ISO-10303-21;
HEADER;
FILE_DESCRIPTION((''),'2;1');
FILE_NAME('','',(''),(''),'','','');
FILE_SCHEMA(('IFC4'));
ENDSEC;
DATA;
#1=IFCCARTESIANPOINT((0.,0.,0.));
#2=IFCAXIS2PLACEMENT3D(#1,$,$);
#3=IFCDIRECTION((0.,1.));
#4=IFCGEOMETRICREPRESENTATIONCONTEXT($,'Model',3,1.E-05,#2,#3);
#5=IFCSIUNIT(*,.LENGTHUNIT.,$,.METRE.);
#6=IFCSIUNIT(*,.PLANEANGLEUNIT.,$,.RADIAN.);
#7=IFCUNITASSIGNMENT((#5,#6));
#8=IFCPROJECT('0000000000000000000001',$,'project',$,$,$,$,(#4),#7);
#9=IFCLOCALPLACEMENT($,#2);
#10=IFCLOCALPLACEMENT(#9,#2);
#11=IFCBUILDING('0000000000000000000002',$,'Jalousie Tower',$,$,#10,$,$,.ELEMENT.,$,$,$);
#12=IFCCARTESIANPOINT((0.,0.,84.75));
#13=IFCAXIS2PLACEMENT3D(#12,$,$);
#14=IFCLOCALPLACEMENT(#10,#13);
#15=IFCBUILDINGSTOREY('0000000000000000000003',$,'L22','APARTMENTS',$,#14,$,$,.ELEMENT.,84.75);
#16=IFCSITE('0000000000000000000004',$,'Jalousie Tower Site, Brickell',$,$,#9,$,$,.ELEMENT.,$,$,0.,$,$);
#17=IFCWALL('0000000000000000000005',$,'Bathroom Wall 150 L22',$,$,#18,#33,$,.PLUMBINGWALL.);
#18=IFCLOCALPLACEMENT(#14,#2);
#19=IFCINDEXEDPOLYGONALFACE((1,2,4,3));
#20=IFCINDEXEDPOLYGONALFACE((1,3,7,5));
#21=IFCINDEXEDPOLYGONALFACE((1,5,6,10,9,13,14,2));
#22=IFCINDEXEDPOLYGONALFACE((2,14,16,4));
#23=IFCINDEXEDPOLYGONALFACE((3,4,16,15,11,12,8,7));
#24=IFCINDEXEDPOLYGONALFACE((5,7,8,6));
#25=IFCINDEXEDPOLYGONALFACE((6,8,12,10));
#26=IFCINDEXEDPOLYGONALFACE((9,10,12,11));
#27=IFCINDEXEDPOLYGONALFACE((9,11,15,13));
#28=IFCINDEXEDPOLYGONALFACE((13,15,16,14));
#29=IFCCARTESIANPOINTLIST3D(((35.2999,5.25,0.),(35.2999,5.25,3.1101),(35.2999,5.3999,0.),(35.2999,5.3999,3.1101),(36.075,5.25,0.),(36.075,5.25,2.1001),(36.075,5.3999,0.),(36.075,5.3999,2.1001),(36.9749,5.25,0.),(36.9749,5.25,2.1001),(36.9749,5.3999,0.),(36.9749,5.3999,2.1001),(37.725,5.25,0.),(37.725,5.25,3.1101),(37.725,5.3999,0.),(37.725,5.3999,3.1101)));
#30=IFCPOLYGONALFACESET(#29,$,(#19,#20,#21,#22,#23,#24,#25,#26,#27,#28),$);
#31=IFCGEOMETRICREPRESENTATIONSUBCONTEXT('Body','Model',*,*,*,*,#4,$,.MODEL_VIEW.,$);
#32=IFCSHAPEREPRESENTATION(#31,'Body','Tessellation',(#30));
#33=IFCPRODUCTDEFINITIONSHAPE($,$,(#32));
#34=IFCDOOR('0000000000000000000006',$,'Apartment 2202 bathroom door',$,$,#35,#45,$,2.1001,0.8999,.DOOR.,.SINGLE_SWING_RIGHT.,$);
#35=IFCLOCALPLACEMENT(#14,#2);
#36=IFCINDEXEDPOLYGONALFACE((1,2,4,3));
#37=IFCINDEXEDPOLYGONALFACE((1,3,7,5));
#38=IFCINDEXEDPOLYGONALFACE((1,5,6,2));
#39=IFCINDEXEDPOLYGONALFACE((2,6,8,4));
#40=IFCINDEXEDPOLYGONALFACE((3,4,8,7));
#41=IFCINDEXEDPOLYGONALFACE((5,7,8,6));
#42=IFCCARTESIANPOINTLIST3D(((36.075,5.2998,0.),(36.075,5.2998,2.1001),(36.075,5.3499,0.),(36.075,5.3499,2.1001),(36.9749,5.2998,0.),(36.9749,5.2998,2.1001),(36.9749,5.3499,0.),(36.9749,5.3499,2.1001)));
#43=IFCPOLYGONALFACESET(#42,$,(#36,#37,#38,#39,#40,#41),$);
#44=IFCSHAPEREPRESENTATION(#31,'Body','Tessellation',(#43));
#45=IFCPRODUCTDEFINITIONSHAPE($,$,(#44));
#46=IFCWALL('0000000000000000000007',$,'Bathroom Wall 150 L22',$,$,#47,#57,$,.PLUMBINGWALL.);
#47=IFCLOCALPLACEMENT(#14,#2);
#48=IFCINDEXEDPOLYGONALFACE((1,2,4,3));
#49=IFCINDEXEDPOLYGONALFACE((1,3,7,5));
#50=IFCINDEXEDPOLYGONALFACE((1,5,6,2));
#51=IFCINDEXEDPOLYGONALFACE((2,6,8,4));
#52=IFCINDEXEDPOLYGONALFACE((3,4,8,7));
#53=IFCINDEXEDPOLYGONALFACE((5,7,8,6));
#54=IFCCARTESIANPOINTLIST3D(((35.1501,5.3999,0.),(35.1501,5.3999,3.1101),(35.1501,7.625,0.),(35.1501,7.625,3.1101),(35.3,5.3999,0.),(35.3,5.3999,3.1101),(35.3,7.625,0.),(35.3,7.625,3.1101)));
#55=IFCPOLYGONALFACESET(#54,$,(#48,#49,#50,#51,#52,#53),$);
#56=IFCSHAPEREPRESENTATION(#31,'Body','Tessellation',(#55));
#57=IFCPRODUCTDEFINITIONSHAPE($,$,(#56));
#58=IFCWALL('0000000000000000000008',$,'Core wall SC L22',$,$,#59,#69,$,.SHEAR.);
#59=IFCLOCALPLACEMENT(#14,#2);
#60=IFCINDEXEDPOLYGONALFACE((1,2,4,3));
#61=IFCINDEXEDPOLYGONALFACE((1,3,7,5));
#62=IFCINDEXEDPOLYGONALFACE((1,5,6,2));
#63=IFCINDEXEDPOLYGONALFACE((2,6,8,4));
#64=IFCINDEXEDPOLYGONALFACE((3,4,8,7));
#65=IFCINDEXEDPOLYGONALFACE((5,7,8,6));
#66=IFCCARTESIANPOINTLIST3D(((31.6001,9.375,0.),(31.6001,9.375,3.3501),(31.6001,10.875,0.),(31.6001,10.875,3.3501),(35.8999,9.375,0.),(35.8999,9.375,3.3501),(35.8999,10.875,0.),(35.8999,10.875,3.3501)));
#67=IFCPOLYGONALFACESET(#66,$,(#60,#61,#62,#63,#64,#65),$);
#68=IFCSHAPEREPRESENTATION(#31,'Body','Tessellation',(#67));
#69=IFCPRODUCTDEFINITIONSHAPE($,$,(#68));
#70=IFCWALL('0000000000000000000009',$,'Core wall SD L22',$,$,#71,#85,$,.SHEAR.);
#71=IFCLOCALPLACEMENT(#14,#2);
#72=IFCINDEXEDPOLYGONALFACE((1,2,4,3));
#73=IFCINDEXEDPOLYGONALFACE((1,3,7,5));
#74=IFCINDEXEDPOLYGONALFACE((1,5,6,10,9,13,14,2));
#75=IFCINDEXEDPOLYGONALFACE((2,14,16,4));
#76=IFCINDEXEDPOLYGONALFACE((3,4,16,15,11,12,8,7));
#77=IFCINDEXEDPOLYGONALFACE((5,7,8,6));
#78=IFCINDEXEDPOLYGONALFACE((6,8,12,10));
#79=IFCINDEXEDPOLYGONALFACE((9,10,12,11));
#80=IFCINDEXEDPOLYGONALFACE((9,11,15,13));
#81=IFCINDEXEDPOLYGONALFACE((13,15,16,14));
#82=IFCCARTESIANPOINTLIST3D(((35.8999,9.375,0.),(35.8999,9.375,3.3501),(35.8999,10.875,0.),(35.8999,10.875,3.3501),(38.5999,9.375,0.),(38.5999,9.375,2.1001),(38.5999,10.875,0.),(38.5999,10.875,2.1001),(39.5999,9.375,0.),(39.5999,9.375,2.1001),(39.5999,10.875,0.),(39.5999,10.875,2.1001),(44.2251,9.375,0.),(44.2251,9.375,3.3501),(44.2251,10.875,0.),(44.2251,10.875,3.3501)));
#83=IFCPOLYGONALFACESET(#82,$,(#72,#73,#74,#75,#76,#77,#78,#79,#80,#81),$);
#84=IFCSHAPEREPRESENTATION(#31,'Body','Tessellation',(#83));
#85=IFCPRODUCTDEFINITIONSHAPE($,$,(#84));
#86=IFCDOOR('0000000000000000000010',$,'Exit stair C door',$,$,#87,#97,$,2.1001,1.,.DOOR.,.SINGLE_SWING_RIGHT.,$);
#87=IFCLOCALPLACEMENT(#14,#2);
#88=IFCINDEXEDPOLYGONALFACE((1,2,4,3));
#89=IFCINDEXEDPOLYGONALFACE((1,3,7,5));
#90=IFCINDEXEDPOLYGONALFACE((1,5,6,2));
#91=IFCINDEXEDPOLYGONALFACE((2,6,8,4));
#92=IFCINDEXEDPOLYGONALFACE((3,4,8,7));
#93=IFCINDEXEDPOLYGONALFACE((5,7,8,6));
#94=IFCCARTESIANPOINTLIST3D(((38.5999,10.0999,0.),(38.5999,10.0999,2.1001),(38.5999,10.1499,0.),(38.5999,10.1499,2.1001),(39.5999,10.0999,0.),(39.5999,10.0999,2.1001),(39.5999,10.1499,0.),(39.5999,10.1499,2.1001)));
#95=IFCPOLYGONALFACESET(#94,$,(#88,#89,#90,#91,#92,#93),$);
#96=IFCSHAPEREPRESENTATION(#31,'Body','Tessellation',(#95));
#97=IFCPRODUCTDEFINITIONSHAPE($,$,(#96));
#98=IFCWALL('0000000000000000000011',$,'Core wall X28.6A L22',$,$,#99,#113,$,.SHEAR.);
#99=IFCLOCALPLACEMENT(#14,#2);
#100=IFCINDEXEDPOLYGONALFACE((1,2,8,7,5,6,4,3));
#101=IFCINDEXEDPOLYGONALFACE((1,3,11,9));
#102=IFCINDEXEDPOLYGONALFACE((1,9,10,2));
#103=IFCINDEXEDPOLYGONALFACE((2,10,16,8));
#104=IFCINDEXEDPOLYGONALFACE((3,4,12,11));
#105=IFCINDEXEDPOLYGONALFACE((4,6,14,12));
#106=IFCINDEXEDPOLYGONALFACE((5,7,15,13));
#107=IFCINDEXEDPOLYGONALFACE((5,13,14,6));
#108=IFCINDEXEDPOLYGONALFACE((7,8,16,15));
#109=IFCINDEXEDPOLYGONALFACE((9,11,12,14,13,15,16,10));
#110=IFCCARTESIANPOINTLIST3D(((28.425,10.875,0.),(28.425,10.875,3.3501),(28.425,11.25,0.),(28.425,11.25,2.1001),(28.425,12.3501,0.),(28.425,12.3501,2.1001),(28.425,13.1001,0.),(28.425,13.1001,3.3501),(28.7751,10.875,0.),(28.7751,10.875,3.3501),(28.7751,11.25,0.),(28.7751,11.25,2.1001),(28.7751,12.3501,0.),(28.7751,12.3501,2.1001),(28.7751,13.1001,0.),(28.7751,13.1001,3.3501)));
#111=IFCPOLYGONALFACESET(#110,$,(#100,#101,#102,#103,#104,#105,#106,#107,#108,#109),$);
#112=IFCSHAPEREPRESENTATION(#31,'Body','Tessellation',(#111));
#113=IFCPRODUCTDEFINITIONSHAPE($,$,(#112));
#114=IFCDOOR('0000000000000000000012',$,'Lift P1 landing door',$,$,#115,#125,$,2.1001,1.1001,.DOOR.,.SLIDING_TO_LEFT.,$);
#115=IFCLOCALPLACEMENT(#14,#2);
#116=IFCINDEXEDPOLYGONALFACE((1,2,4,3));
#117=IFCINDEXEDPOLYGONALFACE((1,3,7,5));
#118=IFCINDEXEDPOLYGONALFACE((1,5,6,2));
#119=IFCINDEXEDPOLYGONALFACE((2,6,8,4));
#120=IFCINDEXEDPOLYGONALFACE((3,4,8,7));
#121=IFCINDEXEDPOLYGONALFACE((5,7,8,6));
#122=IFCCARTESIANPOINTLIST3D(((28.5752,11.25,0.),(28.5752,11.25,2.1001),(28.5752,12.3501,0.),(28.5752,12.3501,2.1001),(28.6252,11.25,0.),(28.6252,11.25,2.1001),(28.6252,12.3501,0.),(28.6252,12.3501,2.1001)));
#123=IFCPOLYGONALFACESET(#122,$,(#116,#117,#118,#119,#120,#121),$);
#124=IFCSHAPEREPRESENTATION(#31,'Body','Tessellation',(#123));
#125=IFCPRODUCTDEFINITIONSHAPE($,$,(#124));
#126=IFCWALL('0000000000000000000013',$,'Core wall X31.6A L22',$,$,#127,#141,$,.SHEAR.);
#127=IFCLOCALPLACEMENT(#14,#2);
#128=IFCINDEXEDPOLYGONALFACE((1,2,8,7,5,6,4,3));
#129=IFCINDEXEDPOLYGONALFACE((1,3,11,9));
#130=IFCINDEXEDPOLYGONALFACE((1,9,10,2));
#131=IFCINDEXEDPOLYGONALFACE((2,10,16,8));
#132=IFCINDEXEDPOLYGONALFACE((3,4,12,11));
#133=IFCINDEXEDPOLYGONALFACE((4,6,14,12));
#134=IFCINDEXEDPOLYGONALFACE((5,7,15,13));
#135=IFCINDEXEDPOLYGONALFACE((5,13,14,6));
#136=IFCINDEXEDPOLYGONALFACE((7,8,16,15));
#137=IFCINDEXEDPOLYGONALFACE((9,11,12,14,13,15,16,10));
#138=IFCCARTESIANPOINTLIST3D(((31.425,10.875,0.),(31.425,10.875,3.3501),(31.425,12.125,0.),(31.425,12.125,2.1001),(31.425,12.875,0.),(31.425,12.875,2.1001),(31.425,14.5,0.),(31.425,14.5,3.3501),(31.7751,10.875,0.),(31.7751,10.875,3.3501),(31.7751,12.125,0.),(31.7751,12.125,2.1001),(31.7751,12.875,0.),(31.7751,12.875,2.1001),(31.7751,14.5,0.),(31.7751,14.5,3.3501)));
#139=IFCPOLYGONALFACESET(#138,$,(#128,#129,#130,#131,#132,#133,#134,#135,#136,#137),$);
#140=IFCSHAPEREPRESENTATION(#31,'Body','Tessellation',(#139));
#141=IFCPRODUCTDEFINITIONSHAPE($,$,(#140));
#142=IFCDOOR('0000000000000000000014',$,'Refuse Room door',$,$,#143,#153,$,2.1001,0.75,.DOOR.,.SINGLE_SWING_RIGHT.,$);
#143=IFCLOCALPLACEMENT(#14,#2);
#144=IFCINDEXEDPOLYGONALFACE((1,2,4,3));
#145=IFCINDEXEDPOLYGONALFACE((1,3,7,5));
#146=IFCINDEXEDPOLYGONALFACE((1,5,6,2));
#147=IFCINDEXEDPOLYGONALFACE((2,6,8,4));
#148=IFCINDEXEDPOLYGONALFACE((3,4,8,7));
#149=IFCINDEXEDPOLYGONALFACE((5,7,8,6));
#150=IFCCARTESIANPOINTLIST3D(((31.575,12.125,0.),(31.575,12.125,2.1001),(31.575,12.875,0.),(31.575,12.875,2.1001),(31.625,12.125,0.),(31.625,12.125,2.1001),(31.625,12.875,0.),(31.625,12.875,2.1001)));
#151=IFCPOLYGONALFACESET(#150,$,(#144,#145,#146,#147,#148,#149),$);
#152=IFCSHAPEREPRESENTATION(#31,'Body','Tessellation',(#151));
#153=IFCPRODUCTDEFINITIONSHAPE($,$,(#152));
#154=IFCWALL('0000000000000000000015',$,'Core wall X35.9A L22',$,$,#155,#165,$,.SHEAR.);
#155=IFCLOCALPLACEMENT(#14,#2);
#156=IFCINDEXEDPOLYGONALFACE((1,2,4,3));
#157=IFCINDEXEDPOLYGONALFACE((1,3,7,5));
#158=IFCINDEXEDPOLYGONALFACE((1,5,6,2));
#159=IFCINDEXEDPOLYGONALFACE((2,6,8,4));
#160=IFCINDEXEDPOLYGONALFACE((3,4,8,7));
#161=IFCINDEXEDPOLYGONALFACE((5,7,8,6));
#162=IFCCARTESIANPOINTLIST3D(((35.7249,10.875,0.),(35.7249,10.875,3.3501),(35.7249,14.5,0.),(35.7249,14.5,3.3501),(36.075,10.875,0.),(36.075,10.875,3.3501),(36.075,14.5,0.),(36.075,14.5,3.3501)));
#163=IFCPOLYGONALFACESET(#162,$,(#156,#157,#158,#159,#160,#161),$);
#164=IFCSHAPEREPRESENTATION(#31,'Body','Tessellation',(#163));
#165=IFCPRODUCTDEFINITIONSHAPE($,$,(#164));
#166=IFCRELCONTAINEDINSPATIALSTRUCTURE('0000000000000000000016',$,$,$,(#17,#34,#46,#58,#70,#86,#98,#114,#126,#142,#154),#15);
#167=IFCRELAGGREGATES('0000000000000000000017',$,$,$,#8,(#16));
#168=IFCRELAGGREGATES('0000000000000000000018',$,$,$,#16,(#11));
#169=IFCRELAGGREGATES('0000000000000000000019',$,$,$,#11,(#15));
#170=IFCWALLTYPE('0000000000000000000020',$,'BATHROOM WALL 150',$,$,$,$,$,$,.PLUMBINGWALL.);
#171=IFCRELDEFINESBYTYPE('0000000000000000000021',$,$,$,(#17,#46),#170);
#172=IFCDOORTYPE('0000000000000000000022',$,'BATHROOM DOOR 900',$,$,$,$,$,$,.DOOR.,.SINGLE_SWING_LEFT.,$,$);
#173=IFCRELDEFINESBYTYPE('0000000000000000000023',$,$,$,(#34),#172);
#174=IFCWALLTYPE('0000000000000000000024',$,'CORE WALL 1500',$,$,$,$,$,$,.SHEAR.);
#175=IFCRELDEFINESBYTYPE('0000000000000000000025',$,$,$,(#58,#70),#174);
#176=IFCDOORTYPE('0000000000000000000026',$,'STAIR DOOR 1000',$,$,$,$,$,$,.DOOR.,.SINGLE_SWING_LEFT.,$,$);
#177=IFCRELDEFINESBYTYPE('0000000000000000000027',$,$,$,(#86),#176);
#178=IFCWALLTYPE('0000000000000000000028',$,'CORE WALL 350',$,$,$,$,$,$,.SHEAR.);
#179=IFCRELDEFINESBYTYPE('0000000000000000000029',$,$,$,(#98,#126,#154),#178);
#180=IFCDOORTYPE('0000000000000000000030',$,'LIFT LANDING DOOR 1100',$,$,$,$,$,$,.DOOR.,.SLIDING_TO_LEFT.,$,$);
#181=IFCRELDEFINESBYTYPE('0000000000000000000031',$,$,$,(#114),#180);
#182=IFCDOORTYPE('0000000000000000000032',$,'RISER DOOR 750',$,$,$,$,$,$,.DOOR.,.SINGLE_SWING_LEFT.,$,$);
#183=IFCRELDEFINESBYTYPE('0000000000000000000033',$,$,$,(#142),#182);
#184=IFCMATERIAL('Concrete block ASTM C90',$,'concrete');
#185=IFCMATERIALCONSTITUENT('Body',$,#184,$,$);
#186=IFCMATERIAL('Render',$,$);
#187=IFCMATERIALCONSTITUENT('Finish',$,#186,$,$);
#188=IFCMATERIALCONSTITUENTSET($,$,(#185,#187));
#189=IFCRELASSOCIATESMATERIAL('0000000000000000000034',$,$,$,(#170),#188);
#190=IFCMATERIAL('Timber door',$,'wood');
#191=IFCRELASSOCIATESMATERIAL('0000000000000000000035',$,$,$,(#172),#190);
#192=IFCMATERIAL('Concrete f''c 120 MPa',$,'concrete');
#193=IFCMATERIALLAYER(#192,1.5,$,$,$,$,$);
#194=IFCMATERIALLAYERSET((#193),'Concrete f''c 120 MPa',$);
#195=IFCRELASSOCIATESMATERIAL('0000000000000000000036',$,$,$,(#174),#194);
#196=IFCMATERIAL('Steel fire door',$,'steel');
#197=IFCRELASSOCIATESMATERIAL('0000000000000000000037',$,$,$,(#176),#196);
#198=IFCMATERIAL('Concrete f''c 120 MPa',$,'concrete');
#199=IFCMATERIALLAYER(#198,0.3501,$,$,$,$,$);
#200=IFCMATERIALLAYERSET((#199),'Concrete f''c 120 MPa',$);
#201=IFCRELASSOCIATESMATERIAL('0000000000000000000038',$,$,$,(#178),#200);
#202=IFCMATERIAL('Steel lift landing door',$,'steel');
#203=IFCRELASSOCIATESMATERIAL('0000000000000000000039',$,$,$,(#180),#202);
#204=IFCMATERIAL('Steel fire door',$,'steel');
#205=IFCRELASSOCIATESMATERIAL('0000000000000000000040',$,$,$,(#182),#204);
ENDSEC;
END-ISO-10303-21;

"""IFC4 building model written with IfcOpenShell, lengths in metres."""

from ifc_helpers import new_model, si_unit, direction, frame, frame_2d, origin, place, context, subcontext, project, spatial, rectangle, extrude, material, layer, layer_set, constituent, constituent_set, type_object, element, fill, save


model = new_model("IFC4")

# Units and contexts
model_context = context("Model", 3, precision=1e-05, world=origin(), true_north=direction((0.0, 1.0)))
body_context = subcontext(model_context, "Body", "Model", "MODEL_VIEW")
ifc_project = project(units=[si_unit("LENGTHUNIT", "METRE"), si_unit("PLANEANGLEUNIT", "RADIAN")], contexts=[model_context])

# Site, building, storey
site_placement = place(None, origin())
site = spatial("IfcSite", under=ifc_project, at=site_placement, Name="Jalousie Tower Site, Brickell", CompositionType="ELEMENT", RefElevation=0.0)
building_placement = place(site_placement, origin())
building = spatial("IfcBuilding", under=site, at=building_placement, Name="Jalousie Tower", CompositionType="ELEMENT")
storey_placement = place(building_placement, frame((0.0, 0.0, 84.75)))
storey = spatial("IfcBuildingStorey", under=building, at=storey_placement, Name="L22", Description="APARTMENTS", CompositionType="ELEMENT", Elevation=84.75)

# Wall, opening, door
ifc_material_1 = material(Name="Concrete block ASTM C90", Category="concrete")
ifc_constituent_1 = constituent(ifc_material_1, Name="Body")
ifc_material_2 = material(Name="Render")
ifc_constituent_2 = constituent(ifc_material_2, Name="Finish")
ifc_constituent_set_1 = constituent_set(constituents=[ifc_constituent_1, ifc_constituent_2])
wall_type_1 = type_object("IfcWallType", Name="BATHROOM WALL 150", PredefinedType="PLUMBINGWALL", material=ifc_constituent_set_1)
wall_1_placement = place(storey_placement, frame((35.3, 5.325, 0.0), z_axis=(0.0, 0.0, 1.0), x_axis=(1.0, 0.0, 0.0)))
wall_1 = element("IfcWall", 1, at=wall_1_placement, inside=storey, type_object=wall_type_1, Name="Bathroom Wall 150 L22", PredefinedType="PLUMBINGWALL", context=body_context, shape_type="SweptSolid", body=[
    extrude(rectangle(XDim=2.425, YDim=0.1499, at=frame_2d((1.2124, 0.0))), origin(), (0.0, 0.0, 1.0), 3.1101),
])
opening_1_placement = place(wall_1_placement, frame((0.7749, 0.0, 0.0)))
opening_1 = element("IfcOpeningElement", 2, at=opening_1_placement, cuts=wall_1, PredefinedType="OPENING", context=body_context, shape_type="SweptSolid", body=[
    extrude(rectangle(XDim=0.8999, YDim=2.1001, at=frame_2d((0.45, 1.05))), frame((0.0, 0.085, 0.0), z_axis=(0.0, -1.0, 0.0), x_axis=(1.0, 0.0, 0.0)), (0.0, 0.0, 1.0), 0.1699),
])
ifc_material_3 = material(Name="Timber door", Category="wood")
door_type_1 = type_object("IfcDoorType", Name="BATHROOM DOOR 900", OperationType="SINGLE_SWING_LEFT", PredefinedType="DOOR", material=ifc_material_3)
door_1_placement = place(opening_1_placement, origin())
door_1 = element("IfcDoor", 3, at=door_1_placement, inside=storey, type_object=door_type_1, Name="Apartment 2202 bathroom door", OperationType="SINGLE_SWING_RIGHT", OverallHeight=2.1001, OverallWidth=0.8999, PredefinedType="DOOR", context=body_context, shape_type="SweptSolid", body=[
    extrude(rectangle(XDim=0.8999, YDim=2.1001, at=frame_2d((0.45, 1.05))), frame((0.0, 0.0249, 0.0), z_axis=(0.0, -1.0, 0.0), x_axis=(1.0, 0.0, 0.0)), (0.0, 0.0, 1.0), 0.05),
])
fill(opening_1, door_1)

# Walls
wall_2_placement = place(storey_placement, frame((35.2251, 5.3999, 0.0), z_axis=(0.0, 0.0, 1.0), x_axis=(0.0, 1.0, 0.0)))
element("IfcWall", 4, at=wall_2_placement, inside=storey, type_object=wall_type_1, Name="Bathroom Wall 150 L22", PredefinedType="PLUMBINGWALL", context=body_context, shape_type="SweptSolid", body=[
    extrude(rectangle(XDim=2.2251, YDim=0.1499, at=frame_2d((1.1125, 0.0))), origin(), (0.0, 0.0, 1.0), 3.1101),
])
ifc_material_4 = material(Name="Concrete f'c 120 MPa", Category="concrete")
ifc_layer_1 = layer(ifc_material_4, 1.5)
ifc_layer_set_1 = layer_set([ifc_layer_1], Name="Concrete f'c 120 MPa")
wall_type_2 = type_object("IfcWallType", Name="CORE WALL 1500", PredefinedType="SHEAR", material=ifc_layer_set_1)
wall_3_placement = place(storey_placement, frame((31.6001, 10.125, 0.0), z_axis=(0.0, 0.0, 1.0), x_axis=(1.0, 0.0, 0.0)))
element("IfcWall", 5, at=wall_3_placement, inside=storey, type_object=wall_type_2, Name="Core wall SC L22", PredefinedType="SHEAR", context=body_context, shape_type="SweptSolid", body=[
    extrude(rectangle(XDim=4.2998, YDim=1.5, at=frame_2d((2.1499, 0.0))), origin(), (0.0, 0.0, 1.0), 3.3501),
])

# Walls, openings, doors
wall_4_placement = place(storey_placement, frame((35.8999, 10.125, 0.0), z_axis=(0.0, 0.0, 1.0), x_axis=(1.0, 0.0, 0.0)))
wall_4 = element("IfcWall", 6, at=wall_4_placement, inside=storey, type_object=wall_type_2, Name="Core wall SD L22", PredefinedType="SHEAR", context=body_context, shape_type="SweptSolid", body=[
    extrude(rectangle(XDim=8.3252, YDim=1.5, at=frame_2d((4.1626, 0.0))), origin(), (0.0, 0.0, 1.0), 3.3501),
])
opening_2_placement = place(wall_4_placement, frame((2.7, 0.0, 0.0)))
opening_2 = element("IfcOpeningElement", 7, at=opening_2_placement, cuts=wall_4, PredefinedType="OPENING", context=body_context, shape_type="SweptSolid", body=[
    extrude(rectangle(XDim=1.0, YDim=2.1001, at=frame_2d((0.5, 1.05))), frame((0.0, 0.76, 0.0), z_axis=(0.0, -1.0, 0.0), x_axis=(1.0, 0.0, 0.0)), (0.0, 0.0, 1.0), 1.52),
])
ifc_material_5 = material(Name="Steel fire door", Category="steel")
door_type_2 = type_object("IfcDoorType", Name="STAIR DOOR 1000", OperationType="SINGLE_SWING_LEFT", PredefinedType="DOOR", material=ifc_material_5)
door_2_placement = place(opening_2_placement, origin())
door_2 = element("IfcDoor", 8, at=door_2_placement, inside=storey, type_object=door_type_2, Name="Exit stair C door", OperationType="SINGLE_SWING_RIGHT", OverallHeight=2.1001, OverallWidth=1.0, PredefinedType="DOOR", context=body_context, shape_type="SweptSolid", body=[
    extrude(rectangle(XDim=1.0, YDim=2.1001, at=frame_2d((0.5, 1.05))), frame((0.0, 0.0249, 0.0), z_axis=(0.0, -1.0, 0.0), x_axis=(1.0, 0.0, 0.0)), (0.0, 0.0, 1.0), 0.05),
])
fill(opening_2, door_2)
ifc_material_6 = material(Name="Concrete f'c 120 MPa", Category="concrete")
ifc_layer_2 = layer(ifc_material_6, 0.3501)
ifc_layer_set_2 = layer_set([ifc_layer_2], Name="Concrete f'c 120 MPa")
wall_type_3 = type_object("IfcWallType", Name="CORE WALL 350", PredefinedType="SHEAR", material=ifc_layer_set_2)
wall_5_placement = place(storey_placement, frame((28.6001, 10.875, 0.0), z_axis=(0.0, 0.0, 1.0), x_axis=(0.0, 1.0, 0.0)))
wall_5 = element("IfcWall", 9, at=wall_5_placement, inside=storey, type_object=wall_type_3, Name="Core wall X28.6A L22", PredefinedType="SHEAR", context=body_context, shape_type="SweptSolid", body=[
    extrude(rectangle(XDim=2.2251, YDim=0.3501, at=frame_2d((1.1125, 0.0))), origin(), (0.0, 0.0, 1.0), 3.3501),
])
opening_3_placement = place(wall_5_placement, frame((0.375, 0.0, 0.0)))
opening_3 = element("IfcOpeningElement", 10, at=opening_3_placement, cuts=wall_5, PredefinedType="OPENING", context=body_context, shape_type="SweptSolid", body=[
    extrude(rectangle(XDim=1.1001, YDim=2.1001, at=frame_2d((0.55, 1.05))), frame((0.0, 0.1851, 0.0), z_axis=(0.0, -1.0, 0.0), x_axis=(1.0, 0.0, 0.0)), (0.0, 0.0, 1.0), 0.3701),
])
ifc_material_7 = material(Name="Steel lift landing door", Category="steel")
door_type_3 = type_object("IfcDoorType", Name="LIFT LANDING DOOR 1100", OperationType="SLIDING_TO_LEFT", PredefinedType="DOOR", material=ifc_material_7)
door_3_placement = place(opening_3_placement, origin())
door_3 = element("IfcDoor", 11, at=door_3_placement, inside=storey, type_object=door_type_3, Name="Lift P1 landing door", OperationType="SLIDING_TO_LEFT", OverallHeight=2.1001, OverallWidth=1.1001, PredefinedType="DOOR", context=body_context, shape_type="SweptSolid", body=[
    extrude(rectangle(XDim=1.1001, YDim=2.1001, at=frame_2d((0.55, 1.05))), frame((0.0, 0.0249, 0.0), z_axis=(0.0, -1.0, 0.0), x_axis=(1.0, 0.0, 0.0)), (0.0, 0.0, 1.0), 0.05),
])
fill(opening_3, door_3)
wall_6_placement = place(storey_placement, frame((31.6001, 10.875, 0.0), z_axis=(0.0, 0.0, 1.0), x_axis=(0.0, 1.0, 0.0)))
wall_6 = element("IfcWall", 12, at=wall_6_placement, inside=storey, type_object=wall_type_3, Name="Core wall X31.6A L22", PredefinedType="SHEAR", context=body_context, shape_type="SweptSolid", body=[
    extrude(rectangle(XDim=3.625, YDim=0.3501, at=frame_2d((1.8125, 0.0))), origin(), (0.0, 0.0, 1.0), 3.3501),
])
opening_4_placement = place(wall_6_placement, frame((1.25, 0.0, 0.0)))
opening_4 = element("IfcOpeningElement", 13, at=opening_4_placement, cuts=wall_6, PredefinedType="OPENING", context=body_context, shape_type="SweptSolid", body=[
    extrude(rectangle(XDim=0.75, YDim=2.1001, at=frame_2d((0.375, 1.05))), frame((0.0, 0.1851, 0.0), z_axis=(0.0, -1.0, 0.0), x_axis=(1.0, 0.0, 0.0)), (0.0, 0.0, 1.0), 0.3701),
])
ifc_material_8 = material(Name="Steel fire door", Category="steel")
door_type_4 = type_object("IfcDoorType", Name="RISER DOOR 750", OperationType="SINGLE_SWING_LEFT", PredefinedType="DOOR", material=ifc_material_8)
door_4_placement = place(opening_4_placement, frame((0.75, 0.0, 0.0), z_axis=(0.0, 0.0, 1.0), x_axis=(-1.0, 0.0, 0.0)))
door_4 = element("IfcDoor", 14, at=door_4_placement, inside=storey, type_object=door_type_4, Name="Refuse Room door", OperationType="SINGLE_SWING_RIGHT", OverallHeight=2.1001, OverallWidth=0.75, PredefinedType="DOOR", context=body_context, shape_type="SweptSolid", body=[
    extrude(rectangle(XDim=0.75, YDim=2.1001, at=frame_2d((0.375, 1.05))), frame((0.0, 0.0249, 0.0), z_axis=(0.0, -1.0, 0.0), x_axis=(1.0, 0.0, 0.0)), (0.0, 0.0, 1.0), 0.05),
])
fill(opening_4, door_4)

# Wall
wall_7_placement = place(storey_placement, frame((35.8999, 10.875, 0.0), z_axis=(0.0, 0.0, 1.0), x_axis=(0.0, 1.0, 0.0)))
element("IfcWall", 15, at=wall_7_placement, inside=storey, type_object=wall_type_3, Name="Core wall X35.9A L22", PredefinedType="SHEAR", context=body_context, shape_type="SweptSolid", body=[
    extrude(rectangle(XDim=3.625, YDim=0.3501, at=frame_2d((1.8125, 0.0))), origin(), (0.0, 0.0, 1.0), 3.3501),
])

save(model, "model.ifc")
